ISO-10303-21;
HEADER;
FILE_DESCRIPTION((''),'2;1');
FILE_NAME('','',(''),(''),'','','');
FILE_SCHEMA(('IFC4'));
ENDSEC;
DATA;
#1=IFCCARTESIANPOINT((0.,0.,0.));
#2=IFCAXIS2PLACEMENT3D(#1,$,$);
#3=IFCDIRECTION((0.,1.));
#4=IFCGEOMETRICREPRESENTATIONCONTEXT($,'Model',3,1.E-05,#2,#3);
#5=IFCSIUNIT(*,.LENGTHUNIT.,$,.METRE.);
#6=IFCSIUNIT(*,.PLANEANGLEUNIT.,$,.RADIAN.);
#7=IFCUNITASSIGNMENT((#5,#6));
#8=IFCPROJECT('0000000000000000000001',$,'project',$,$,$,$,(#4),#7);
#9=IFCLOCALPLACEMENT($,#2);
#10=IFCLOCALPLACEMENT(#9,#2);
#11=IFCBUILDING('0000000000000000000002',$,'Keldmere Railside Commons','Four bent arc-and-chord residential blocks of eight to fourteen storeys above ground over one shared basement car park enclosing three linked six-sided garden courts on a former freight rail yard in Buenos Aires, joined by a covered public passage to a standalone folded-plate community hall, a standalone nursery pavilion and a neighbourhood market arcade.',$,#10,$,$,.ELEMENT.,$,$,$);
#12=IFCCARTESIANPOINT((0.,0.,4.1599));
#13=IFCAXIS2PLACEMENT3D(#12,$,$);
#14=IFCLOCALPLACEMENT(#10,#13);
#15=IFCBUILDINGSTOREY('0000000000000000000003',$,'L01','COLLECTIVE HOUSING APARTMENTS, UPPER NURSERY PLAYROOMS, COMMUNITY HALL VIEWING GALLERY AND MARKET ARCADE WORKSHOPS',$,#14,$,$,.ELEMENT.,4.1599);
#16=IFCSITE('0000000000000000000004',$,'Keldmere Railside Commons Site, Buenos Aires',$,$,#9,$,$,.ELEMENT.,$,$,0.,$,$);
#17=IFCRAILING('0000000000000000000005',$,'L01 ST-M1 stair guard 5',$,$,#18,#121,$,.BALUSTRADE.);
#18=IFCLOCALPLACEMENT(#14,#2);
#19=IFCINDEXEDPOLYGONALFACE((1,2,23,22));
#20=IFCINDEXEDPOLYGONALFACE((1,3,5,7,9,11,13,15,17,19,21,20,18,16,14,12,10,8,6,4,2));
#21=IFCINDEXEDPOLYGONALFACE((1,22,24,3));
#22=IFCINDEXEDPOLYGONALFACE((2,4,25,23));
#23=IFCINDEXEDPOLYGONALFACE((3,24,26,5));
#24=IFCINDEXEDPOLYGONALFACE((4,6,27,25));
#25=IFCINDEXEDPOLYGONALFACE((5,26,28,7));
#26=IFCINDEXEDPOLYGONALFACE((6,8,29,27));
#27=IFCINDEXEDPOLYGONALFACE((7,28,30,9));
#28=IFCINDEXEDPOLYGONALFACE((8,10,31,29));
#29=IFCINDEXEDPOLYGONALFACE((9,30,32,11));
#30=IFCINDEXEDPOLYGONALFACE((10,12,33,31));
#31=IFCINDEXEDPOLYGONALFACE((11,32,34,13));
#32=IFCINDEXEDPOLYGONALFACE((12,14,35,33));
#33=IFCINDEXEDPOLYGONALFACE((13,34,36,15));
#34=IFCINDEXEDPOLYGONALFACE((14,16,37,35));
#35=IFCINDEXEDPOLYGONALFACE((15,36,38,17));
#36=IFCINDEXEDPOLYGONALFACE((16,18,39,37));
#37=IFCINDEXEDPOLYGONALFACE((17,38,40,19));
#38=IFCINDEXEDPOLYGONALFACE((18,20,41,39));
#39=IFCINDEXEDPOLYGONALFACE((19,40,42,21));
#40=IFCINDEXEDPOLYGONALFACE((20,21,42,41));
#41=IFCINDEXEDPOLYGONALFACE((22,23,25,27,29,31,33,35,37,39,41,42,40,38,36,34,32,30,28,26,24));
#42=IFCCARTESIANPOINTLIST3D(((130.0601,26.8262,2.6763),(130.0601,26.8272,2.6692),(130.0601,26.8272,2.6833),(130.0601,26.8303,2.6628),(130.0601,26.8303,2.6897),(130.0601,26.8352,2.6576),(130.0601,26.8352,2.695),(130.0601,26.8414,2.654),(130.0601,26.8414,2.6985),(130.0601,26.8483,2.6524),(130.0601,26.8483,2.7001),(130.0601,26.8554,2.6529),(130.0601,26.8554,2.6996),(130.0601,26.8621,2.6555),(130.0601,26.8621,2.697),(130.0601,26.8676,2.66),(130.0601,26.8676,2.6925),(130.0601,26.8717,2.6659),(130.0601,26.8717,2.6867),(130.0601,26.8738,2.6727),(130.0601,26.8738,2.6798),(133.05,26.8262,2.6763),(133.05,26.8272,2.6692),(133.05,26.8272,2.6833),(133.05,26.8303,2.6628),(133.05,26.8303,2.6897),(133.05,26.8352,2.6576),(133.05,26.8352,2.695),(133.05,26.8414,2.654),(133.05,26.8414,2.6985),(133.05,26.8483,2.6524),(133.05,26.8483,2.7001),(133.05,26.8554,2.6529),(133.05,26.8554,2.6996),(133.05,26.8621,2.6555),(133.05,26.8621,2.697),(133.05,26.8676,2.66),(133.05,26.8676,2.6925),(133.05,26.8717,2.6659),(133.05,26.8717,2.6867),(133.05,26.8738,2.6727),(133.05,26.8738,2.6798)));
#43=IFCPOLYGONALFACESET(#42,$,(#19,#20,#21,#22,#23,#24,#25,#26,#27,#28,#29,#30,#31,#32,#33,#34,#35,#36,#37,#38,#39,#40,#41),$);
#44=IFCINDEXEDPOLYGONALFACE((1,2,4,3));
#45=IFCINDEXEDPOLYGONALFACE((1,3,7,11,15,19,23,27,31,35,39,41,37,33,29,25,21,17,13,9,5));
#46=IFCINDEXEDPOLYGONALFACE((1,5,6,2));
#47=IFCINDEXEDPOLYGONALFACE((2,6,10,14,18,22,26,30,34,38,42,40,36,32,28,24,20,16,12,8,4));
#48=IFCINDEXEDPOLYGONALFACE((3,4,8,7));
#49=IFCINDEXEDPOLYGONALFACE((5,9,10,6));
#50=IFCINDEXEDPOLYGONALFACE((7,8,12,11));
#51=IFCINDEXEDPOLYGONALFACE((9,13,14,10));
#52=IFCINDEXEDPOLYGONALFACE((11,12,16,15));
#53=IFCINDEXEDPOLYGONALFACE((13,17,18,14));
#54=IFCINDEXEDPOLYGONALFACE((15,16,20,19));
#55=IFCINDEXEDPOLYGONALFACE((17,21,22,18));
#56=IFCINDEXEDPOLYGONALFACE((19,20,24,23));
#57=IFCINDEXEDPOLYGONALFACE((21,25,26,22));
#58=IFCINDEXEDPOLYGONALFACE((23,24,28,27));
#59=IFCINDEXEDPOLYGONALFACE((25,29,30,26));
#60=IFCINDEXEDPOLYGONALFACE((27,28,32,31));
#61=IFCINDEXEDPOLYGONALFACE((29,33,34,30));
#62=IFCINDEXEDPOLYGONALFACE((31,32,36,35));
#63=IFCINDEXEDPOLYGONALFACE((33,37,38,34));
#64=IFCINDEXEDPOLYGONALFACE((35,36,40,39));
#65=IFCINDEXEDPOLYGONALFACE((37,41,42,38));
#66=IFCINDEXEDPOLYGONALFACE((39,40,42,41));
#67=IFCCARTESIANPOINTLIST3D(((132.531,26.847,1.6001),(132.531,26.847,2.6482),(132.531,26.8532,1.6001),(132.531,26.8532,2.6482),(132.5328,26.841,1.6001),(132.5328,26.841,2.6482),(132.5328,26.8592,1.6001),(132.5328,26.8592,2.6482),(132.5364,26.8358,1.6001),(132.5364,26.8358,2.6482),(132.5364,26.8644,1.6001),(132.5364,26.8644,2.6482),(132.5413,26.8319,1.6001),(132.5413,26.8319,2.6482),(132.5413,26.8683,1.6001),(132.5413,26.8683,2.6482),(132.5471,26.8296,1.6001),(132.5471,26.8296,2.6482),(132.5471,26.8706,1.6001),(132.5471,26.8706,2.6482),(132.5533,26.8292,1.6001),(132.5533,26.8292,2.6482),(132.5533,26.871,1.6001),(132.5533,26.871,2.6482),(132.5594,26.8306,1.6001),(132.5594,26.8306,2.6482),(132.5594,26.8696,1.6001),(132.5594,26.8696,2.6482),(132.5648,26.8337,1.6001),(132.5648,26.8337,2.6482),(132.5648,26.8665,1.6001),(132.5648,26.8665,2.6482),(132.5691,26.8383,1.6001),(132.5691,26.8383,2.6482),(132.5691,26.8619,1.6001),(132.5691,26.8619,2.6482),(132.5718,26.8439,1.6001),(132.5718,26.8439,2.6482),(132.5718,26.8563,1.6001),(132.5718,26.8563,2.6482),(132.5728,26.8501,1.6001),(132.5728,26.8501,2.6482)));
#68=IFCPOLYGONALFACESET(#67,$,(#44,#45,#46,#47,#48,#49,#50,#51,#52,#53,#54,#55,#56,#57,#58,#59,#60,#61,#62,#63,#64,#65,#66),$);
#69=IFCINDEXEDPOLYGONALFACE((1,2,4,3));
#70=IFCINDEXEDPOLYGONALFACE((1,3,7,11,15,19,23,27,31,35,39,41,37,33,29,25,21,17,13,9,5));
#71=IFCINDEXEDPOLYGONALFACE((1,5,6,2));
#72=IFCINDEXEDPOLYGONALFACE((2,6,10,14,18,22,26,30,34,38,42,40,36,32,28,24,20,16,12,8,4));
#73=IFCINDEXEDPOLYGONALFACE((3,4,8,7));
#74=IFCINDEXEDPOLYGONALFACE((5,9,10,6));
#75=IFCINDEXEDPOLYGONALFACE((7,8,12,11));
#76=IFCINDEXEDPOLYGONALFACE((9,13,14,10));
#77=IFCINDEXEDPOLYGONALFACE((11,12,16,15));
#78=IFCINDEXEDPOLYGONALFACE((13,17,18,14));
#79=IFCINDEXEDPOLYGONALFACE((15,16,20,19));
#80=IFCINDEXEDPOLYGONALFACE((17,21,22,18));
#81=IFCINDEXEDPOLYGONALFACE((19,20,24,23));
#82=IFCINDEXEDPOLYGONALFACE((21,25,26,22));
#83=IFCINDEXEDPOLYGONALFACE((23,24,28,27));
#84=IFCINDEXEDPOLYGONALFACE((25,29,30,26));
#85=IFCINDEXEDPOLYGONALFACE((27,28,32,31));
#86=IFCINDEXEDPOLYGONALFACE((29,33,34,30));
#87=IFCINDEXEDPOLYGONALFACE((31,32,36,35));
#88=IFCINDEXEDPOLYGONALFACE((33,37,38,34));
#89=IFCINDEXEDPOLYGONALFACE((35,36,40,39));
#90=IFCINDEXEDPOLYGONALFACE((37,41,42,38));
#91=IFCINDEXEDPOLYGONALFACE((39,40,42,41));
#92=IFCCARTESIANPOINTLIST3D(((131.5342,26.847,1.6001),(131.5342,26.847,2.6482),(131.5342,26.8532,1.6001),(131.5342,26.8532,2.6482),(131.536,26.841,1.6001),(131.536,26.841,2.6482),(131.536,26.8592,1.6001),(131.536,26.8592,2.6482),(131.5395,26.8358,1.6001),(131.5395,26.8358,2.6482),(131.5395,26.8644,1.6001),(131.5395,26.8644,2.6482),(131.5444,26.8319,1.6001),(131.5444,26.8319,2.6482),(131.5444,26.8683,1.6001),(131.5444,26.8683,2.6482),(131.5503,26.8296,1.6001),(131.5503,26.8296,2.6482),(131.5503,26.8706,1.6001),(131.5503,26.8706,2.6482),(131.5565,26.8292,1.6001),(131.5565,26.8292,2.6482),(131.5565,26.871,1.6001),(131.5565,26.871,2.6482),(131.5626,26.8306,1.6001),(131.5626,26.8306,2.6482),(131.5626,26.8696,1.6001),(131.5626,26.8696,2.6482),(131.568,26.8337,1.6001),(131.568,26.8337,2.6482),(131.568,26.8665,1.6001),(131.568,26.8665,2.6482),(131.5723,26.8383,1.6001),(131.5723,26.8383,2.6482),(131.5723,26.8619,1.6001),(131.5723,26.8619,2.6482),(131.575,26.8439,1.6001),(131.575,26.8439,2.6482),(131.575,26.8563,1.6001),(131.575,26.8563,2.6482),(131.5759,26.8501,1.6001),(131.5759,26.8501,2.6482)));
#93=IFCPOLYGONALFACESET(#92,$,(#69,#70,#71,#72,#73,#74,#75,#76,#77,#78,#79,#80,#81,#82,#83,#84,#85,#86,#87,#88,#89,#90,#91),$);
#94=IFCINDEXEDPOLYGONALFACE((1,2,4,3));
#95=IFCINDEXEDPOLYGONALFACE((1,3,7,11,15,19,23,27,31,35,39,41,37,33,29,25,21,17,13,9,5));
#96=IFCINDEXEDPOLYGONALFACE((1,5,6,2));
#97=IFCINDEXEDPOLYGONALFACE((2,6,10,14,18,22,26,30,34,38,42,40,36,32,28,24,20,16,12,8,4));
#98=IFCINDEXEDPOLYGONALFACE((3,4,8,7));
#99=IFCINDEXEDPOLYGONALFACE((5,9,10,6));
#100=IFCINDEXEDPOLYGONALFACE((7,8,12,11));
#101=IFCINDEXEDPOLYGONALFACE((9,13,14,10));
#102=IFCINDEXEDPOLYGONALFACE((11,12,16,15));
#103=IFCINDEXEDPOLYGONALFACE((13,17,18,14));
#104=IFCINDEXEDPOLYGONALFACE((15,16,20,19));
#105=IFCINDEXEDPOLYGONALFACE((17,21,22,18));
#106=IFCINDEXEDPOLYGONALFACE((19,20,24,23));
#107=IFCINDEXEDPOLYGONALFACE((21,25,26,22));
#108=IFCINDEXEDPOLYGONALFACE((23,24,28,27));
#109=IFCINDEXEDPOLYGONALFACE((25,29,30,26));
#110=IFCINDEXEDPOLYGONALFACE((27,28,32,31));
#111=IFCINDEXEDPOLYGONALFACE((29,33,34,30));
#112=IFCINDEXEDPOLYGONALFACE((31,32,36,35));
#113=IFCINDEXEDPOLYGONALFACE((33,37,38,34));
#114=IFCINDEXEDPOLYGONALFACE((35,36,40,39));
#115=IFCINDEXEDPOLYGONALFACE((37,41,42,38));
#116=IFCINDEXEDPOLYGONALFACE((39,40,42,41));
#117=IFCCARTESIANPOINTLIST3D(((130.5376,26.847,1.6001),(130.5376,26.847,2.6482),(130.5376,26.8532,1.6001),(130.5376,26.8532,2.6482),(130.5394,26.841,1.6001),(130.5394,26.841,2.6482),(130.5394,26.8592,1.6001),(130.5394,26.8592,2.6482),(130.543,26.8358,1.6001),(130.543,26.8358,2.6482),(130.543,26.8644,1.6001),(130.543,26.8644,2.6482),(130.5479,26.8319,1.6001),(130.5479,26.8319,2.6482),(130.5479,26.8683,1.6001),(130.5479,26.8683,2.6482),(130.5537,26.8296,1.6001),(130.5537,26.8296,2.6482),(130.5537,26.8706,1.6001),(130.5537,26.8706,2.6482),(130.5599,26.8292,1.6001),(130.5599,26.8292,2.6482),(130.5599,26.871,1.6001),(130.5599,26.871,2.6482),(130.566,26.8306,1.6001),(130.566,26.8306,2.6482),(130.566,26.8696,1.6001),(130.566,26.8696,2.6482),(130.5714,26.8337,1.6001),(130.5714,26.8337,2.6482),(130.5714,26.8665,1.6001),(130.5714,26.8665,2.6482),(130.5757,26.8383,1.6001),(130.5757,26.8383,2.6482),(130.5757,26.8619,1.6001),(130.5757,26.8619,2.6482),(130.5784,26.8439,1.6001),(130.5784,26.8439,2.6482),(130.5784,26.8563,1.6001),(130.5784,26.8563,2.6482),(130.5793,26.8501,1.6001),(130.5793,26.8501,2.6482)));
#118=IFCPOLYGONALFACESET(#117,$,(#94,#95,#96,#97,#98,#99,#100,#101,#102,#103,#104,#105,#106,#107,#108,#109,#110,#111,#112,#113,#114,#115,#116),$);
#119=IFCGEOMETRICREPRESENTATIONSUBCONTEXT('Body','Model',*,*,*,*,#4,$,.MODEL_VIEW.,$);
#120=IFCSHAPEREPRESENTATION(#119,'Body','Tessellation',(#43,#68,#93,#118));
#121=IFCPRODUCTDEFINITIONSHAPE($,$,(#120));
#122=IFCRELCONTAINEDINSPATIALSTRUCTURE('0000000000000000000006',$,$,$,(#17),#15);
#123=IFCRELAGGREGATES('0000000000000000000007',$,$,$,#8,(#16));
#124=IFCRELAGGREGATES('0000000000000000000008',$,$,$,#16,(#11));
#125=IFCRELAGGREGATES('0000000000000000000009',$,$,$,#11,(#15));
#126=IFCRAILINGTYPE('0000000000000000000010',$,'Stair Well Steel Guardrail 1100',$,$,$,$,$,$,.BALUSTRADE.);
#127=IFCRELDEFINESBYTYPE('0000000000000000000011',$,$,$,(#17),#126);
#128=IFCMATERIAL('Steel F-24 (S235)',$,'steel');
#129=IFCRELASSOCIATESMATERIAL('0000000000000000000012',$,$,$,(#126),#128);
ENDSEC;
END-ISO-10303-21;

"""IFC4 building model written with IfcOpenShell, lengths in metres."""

from ifc_helpers import new_model, si_unit, direction, frame, origin, origin_2d, place, context, subcontext, project, spatial, circle, extrude, material, type_object, element, save


model = new_model("IFC4")

# Units and contexts
model_context = context("Model", 3, precision=1e-05, world=origin(), true_north=direction((0.0, 1.0)))
body_context = subcontext(model_context, "Body", "Model", "MODEL_VIEW")
ifc_project = project(units=[si_unit("LENGTHUNIT", "METRE"), si_unit("PLANEANGLEUNIT", "RADIAN")], contexts=[model_context])

# Site, building, storey
site_placement = place(None, origin())
site = spatial("IfcSite", under=ifc_project, at=site_placement, Name="Keldmere Railside Commons Site, Buenos Aires", CompositionType="ELEMENT", RefElevation=0.0)
building_placement = place(site_placement, origin())
building = spatial("IfcBuilding", under=site, at=building_placement, Name="Keldmere Railside Commons", Description="Four bent arc-and-chord residential blocks of eight to fourteen storeys above ground over one shared basement car park enclosing three linked six-sided garden courts on a former freight rail yard in Buenos Aires, joined by a covered public passage to a standalone folded-plate community hall, a standalone nursery pavilion and a neighbourhood market arcade.", CompositionType="ELEMENT")
storey_placement = place(building_placement, frame((0.0, 0.0, 4.1599)))
storey = spatial("IfcBuildingStorey", under=building, at=storey_placement, Name="L01", Description="COLLECTIVE HOUSING APARTMENTS, UPPER NURSERY PLAYROOMS, COMMUNITY HALL VIEWING GALLERY AND MARKET ARCADE WORKSHOPS", CompositionType="ELEMENT", Elevation=4.1599)

# Shared definitions
ifc_material_1 = material(Name="Steel F-24 (S235)", Category="steel")

# Railing
railing_type_1 = type_object("IfcRailingType", Name="Stair Well Steel Guardrail 1100", PredefinedType="BALUSTRADE", material=ifc_material_1)
railing_1_placement = place(storey_placement, frame((133.05, 26.8501, 1.6001)))
element("IfcRailing", 1, at=railing_1_placement, inside=storey, type_object=railing_type_1, Name="L01 ST-M1 stair guard 5", PredefinedType="BALUSTRADE", context=body_context, shape_type="SweptSolid", body=[
    extrude(circle(Radius=0.0239, at=origin_2d()), frame((0.0, 0.0, 1.0762), z_axis=(-1.0, 0.0, 0.0), x_axis=(0.0, -1.0, 0.0)), (0.0, 0.0, 1.0), 2.99),
    extrude(circle(Radius=0.021, at=origin_2d()), frame((-0.4983, 0.0, 0.0)), (0.0, 0.0, 1.0), 1.0481),
    extrude(circle(Radius=0.021, at=origin_2d()), frame((-1.4951, 0.0, 0.0)), (0.0, 0.0, 1.0), 1.0481),
    extrude(circle(Radius=0.021, at=origin_2d()), frame((-2.4917, 0.0, 0.0)), (0.0, 0.0, 1.0), 1.0481),
])

save(model, "model.ifc")
